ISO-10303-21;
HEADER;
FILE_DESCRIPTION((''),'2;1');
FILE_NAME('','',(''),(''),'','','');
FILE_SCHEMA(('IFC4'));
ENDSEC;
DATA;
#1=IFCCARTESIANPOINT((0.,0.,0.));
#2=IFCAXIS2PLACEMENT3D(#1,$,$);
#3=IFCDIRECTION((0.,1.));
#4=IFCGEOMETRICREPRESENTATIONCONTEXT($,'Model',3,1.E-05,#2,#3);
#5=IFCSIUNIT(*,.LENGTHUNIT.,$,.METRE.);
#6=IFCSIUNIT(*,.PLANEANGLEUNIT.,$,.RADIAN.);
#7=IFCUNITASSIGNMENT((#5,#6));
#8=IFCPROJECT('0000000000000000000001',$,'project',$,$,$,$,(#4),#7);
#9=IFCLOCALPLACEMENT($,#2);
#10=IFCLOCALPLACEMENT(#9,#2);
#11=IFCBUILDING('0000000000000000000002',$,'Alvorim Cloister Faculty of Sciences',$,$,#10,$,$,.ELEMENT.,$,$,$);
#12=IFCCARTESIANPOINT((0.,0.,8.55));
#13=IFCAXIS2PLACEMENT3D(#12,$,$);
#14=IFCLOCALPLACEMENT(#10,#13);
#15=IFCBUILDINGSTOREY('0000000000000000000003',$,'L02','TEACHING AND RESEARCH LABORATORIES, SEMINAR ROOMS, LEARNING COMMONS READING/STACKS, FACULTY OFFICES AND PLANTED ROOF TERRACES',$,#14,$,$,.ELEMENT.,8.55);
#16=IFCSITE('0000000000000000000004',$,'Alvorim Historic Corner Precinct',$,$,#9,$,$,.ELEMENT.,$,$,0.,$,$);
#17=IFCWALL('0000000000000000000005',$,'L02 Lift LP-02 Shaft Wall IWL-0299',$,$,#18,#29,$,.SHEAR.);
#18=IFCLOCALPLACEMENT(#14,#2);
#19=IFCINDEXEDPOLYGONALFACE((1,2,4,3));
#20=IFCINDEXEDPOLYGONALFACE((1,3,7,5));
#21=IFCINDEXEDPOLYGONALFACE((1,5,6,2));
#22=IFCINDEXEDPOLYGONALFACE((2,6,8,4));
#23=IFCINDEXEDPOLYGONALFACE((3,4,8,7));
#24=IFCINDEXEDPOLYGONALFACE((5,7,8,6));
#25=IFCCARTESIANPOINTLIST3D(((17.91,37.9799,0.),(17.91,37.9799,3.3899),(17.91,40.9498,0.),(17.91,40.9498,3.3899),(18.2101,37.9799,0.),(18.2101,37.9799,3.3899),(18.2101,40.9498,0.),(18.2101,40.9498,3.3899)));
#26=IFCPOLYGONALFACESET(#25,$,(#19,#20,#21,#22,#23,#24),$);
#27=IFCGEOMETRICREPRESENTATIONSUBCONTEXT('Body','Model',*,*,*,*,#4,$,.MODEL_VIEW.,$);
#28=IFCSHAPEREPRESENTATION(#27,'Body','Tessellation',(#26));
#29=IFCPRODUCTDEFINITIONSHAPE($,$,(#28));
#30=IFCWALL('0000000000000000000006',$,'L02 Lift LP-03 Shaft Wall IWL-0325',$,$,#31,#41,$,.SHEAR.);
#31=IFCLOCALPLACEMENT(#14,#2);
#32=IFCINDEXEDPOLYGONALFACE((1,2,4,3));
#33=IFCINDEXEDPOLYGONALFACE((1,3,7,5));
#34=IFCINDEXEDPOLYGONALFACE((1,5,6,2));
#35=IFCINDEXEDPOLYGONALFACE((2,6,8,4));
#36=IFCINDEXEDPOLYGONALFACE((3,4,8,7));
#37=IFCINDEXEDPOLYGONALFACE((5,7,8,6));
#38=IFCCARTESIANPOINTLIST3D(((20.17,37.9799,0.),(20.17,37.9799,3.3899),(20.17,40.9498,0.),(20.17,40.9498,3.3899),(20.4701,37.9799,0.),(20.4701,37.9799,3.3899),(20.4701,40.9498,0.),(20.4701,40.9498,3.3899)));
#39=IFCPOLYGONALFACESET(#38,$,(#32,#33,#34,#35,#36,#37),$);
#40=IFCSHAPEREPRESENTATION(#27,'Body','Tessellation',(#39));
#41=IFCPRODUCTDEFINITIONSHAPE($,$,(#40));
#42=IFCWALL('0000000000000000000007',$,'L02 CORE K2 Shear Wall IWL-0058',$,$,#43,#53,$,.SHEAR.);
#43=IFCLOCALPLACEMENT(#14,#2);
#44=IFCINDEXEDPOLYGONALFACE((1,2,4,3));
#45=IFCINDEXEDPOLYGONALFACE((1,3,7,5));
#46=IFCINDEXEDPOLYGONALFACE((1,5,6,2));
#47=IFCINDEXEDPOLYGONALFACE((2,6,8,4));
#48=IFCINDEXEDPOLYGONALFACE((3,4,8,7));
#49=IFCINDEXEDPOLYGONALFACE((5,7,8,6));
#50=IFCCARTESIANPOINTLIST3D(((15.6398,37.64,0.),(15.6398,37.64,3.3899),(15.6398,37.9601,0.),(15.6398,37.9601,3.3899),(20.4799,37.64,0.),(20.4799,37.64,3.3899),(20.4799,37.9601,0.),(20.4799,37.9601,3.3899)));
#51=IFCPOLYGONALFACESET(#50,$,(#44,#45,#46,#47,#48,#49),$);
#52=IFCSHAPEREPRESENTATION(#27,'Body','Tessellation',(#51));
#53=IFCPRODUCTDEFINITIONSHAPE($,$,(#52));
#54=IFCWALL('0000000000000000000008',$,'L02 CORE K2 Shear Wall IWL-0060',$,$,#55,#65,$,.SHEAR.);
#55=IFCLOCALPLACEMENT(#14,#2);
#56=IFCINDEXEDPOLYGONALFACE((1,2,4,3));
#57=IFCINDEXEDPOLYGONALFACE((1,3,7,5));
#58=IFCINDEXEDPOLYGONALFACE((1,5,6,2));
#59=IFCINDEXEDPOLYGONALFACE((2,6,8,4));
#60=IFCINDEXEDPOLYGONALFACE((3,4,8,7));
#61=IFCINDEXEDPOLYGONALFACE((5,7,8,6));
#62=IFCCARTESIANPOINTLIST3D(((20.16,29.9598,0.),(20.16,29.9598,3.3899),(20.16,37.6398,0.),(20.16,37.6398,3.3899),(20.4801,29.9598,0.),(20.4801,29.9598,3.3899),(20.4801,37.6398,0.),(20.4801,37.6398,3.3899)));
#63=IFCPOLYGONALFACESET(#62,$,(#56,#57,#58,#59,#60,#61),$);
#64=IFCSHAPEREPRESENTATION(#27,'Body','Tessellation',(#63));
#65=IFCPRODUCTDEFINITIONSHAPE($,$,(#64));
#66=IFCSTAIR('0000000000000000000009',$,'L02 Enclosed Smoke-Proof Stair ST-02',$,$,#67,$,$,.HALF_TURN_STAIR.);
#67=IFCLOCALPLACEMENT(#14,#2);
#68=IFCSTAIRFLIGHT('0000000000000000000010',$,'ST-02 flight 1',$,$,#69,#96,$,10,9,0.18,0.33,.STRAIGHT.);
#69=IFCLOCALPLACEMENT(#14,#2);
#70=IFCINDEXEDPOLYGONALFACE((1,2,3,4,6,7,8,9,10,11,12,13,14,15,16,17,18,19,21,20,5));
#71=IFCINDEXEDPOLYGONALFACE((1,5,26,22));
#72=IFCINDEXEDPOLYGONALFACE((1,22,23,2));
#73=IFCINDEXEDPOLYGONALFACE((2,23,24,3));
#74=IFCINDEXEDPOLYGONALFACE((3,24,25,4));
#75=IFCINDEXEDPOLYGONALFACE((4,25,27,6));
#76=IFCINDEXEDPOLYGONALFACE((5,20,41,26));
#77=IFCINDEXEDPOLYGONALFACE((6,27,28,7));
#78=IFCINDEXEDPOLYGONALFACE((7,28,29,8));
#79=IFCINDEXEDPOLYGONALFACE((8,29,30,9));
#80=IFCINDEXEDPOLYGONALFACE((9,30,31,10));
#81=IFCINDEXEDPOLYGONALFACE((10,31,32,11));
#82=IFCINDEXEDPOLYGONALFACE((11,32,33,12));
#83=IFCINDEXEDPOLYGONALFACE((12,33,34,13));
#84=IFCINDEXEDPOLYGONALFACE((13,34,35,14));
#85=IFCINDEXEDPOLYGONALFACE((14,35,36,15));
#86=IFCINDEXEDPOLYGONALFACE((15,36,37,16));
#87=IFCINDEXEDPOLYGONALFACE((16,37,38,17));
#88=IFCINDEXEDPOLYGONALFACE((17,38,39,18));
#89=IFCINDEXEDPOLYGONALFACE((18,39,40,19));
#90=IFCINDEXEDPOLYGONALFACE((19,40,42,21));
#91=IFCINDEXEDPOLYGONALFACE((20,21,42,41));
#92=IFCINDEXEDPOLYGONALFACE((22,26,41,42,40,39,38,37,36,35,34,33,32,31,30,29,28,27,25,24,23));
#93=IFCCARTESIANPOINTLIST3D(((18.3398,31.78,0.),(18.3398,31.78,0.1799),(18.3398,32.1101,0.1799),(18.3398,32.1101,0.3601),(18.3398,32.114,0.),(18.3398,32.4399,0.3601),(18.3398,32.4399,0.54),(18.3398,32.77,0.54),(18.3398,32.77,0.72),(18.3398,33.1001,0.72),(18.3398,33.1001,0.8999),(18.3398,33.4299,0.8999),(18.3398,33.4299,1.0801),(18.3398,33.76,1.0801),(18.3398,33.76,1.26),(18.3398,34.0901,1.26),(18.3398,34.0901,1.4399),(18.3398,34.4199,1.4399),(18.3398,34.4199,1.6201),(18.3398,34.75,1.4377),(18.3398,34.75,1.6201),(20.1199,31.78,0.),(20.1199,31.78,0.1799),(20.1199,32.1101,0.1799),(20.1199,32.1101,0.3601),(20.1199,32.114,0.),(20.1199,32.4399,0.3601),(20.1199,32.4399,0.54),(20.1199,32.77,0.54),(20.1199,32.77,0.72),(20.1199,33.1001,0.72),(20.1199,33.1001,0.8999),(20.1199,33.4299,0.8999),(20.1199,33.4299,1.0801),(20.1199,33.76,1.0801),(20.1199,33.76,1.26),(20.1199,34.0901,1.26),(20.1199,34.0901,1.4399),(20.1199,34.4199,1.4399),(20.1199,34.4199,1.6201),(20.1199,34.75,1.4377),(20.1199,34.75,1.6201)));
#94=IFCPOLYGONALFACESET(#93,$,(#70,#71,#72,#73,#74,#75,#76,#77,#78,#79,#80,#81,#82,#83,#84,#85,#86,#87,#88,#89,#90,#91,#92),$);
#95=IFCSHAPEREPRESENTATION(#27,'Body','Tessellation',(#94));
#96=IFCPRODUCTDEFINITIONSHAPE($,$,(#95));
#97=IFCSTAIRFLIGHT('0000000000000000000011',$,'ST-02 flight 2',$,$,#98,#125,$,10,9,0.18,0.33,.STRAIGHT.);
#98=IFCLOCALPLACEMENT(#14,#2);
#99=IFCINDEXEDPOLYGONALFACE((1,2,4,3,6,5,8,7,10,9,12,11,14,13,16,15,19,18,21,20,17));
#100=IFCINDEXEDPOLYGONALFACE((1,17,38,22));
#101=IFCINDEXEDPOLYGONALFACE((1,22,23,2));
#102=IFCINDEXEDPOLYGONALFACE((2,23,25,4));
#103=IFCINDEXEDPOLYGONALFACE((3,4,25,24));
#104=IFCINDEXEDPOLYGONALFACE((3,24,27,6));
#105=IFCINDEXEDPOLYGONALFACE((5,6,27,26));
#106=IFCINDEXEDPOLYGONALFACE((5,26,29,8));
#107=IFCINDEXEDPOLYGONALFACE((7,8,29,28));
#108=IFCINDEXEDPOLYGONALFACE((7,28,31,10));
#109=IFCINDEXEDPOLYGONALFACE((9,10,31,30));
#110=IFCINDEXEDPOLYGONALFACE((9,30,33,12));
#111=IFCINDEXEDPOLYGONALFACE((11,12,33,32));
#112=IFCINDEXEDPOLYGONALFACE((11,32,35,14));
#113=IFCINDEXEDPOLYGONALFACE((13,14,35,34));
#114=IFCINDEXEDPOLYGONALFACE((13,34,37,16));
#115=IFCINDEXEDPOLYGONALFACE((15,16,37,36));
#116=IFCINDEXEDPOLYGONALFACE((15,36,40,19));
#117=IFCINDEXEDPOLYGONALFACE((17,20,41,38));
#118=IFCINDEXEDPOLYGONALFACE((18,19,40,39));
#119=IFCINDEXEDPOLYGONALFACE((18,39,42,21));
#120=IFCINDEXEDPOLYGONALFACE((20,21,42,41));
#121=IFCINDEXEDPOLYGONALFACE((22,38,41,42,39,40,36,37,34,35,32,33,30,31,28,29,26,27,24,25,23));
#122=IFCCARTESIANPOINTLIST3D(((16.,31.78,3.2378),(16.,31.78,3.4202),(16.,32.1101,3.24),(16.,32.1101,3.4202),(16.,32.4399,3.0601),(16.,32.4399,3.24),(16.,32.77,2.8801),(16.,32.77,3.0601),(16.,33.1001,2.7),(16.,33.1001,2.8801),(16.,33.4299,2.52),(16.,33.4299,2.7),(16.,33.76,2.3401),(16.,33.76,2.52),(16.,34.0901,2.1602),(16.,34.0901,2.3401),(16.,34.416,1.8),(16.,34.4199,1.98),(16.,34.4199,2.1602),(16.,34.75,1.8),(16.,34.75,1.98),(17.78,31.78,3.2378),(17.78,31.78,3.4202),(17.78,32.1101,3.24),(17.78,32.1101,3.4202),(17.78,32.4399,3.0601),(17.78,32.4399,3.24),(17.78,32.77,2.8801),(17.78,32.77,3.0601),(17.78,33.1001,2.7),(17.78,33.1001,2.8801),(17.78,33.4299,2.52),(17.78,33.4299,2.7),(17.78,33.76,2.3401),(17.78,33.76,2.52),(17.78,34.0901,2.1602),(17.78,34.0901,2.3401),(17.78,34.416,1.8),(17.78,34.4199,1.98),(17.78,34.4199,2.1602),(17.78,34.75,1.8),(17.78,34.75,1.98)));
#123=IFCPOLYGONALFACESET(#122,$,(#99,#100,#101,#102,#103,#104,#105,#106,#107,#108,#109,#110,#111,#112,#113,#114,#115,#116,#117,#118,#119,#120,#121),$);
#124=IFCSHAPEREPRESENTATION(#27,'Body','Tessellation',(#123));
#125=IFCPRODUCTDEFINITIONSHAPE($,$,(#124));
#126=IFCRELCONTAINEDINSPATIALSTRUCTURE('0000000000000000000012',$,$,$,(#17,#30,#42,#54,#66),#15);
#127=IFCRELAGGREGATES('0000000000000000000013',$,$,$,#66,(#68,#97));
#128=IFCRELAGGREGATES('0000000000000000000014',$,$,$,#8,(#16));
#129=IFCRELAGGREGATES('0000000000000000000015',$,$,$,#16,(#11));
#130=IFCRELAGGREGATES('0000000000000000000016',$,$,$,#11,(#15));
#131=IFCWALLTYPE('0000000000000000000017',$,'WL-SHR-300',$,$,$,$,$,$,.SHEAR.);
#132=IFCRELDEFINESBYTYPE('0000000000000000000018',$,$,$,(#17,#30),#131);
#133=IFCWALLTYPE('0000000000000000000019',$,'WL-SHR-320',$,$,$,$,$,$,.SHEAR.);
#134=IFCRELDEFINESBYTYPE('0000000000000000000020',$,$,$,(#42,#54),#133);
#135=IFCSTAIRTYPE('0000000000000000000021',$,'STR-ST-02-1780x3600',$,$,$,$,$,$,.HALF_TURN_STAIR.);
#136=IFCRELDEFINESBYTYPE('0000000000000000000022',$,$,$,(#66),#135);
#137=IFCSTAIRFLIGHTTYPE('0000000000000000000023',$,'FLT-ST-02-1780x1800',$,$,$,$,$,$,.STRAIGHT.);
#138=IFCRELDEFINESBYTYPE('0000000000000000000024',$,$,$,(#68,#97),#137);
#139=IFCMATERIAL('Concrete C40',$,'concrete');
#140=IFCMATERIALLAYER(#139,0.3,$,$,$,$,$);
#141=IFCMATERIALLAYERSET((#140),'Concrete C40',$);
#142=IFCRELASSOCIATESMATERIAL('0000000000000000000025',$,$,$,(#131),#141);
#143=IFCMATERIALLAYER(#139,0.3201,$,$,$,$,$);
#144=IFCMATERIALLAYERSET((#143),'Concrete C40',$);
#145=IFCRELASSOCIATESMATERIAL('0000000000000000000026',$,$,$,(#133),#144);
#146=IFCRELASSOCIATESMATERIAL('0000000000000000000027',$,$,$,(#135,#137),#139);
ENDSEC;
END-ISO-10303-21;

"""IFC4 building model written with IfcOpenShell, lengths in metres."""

from ifc_helpers import new_model, si_unit, direction, frame, frame_2d, origin, place, context, subcontext, project, spatial, polyline, rectangle, outline, extrude, material, layer, layer_set, type_object, element, aggregate, save


model = new_model("IFC4")

# Units and contexts
model_context = context("Model", 3, precision=1e-05, world=origin(), true_north=direction((0.0, 1.0)))
body_context = subcontext(model_context, "Body", "Model", "MODEL_VIEW")
ifc_project = project(units=[si_unit("LENGTHUNIT", "METRE"), si_unit("PLANEANGLEUNIT", "RADIAN")], contexts=[model_context])

# Site, building, storey
site_placement = place(None, origin())
site = spatial("IfcSite", under=ifc_project, at=site_placement, Name="Alvorim Historic Corner Precinct", CompositionType="ELEMENT", RefElevation=0.0)
building_placement = place(site_placement, origin())
building = spatial("IfcBuilding", under=site, at=building_placement, Name="Alvorim Cloister Faculty of Sciences", CompositionType="ELEMENT")
storey_placement = place(building_placement, frame((0.0, 0.0, 8.55)))
storey = spatial("IfcBuildingStorey", under=building, at=storey_placement, Name="L02", Description="TEACHING AND RESEARCH LABORATORIES, SEMINAR ROOMS, LEARNING COMMONS READING/STACKS, FACULTY OFFICES AND PLANTED ROOF TERRACES", CompositionType="ELEMENT", Elevation=8.55)

# Shared definitions
ifc_material_1 = material(Name="Concrete C40", Category="concrete")
ifc_layer_1 = layer(ifc_material_1, 0.3)
ifc_layer_set_1 = layer_set([ifc_layer_1], Name="Concrete C40")
wall_type_1 = type_object("IfcWallType", Name="WL-SHR-300", PredefinedType="SHEAR", material=ifc_layer_set_1)

# Walls
for number, where, z_axis, x_axis, name in (
    (1, (18.0601, 37.98, 0.0), (0.0, 0.0, 1.0), (0.0, 1.0, 0.0), "L02 Lift LP-02 Shaft Wall IWL-0299"),
    (2, (20.3201, 37.98, 0.0), (0.0, 0.0, 1.0), (0.0, 1.0, 0.0), "L02 Lift LP-03 Shaft Wall IWL-0325"),
):
    element("IfcWall", number, at=place(storey_placement, frame(where, z_axis=z_axis, x_axis=x_axis)), inside=storey, type_object=wall_type_1, Name=name, PredefinedType="SHEAR", context=body_context, shape_type="SweptSolid", body=[
        extrude(rectangle(XDim=2.97, YDim=0.3, at=frame_2d((1.4849, 0.0))), origin(), (0.0, 0.0, 1.0), 3.3899),
    ])
ifc_layer_2 = layer(ifc_material_1, 0.3201)
ifc_layer_set_2 = layer_set([ifc_layer_2], Name="Concrete C40")
wall_type_2 = type_object("IfcWallType", Name="WL-SHR-320", PredefinedType="SHEAR", material=ifc_layer_set_2)
wall_1_placement = place(storey_placement, frame((15.6399, 37.8, 0.0), z_axis=(0.0, 0.0, 1.0), x_axis=(1.0, 0.0, 0.0)))
element("IfcWall", 3, at=wall_1_placement, inside=storey, type_object=wall_type_2, Name="L02 CORE K2 Shear Wall IWL-0058", PredefinedType="SHEAR", context=body_context, shape_type="SweptSolid", body=[
    extrude(rectangle(XDim=4.8401, YDim=0.3201, at=frame_2d((2.4199, 0.0))), origin(), (0.0, 0.0, 1.0), 3.3899),
])
wall_2_placement = place(storey_placement, frame((20.3201, 29.96, 0.0), z_axis=(0.0, 0.0, 1.0), x_axis=(0.0, 1.0, 0.0)))
element("IfcWall", 4, at=wall_2_placement, inside=storey, type_object=wall_type_2, Name="L02 CORE K2 Shear Wall IWL-0060", PredefinedType="SHEAR", context=body_context, shape_type="SweptSolid", body=[
    extrude(rectangle(XDim=7.6799, YDim=0.3201, at=frame_2d((3.8398, 0.0))), origin(), (0.0, 0.0, 1.0), 3.3899),
])

# Stair, stair flights
stair_type = type_object("IfcStairType", Name="STR-ST-02-1780x3600", PredefinedType="HALF_TURN_STAIR", material=ifc_material_1)
stair_placement = place(storey_placement, origin())
stair = element("IfcStair", 5, at=stair_placement, inside=storey, type_object=stair_type, Name="L02 Enclosed Smoke-Proof Stair ST-02", PredefinedType="HALF_TURN_STAIR")
stair_flight_type = type_object("IfcStairFlightType", Name="FLT-ST-02-1780x1800", PredefinedType="STRAIGHT", material=ifc_material_1)
stair_flight_1_placement = place(storey_placement, frame((19.23, 31.78, 0.0), z_axis=(0.0, 0.0, 1.0), x_axis=(0.0, 1.0, 0.0)))
stair_flight_1 = element("IfcStairFlight", 6, at=stair_flight_1_placement, type_object=stair_flight_type, Name="ST-02 flight 1", NumberOfRisers=10, NumberOfTreads=9, PredefinedType="STRAIGHT", RiserHeight=0.18, TreadLength=0.33, context=body_context, shape_type="SweptSolid", body=[
    extrude(outline(polyline([(0.334, 0.0), (2.97, 1.4377), (2.97, 1.8), (2.97, 1.6201), (2.6399, 1.6201), (2.6399, 1.4399), (2.3101, 1.4399), (2.3101, 1.26), (1.98, 1.26), (1.98, 1.0801), (1.6499, 1.0801), (1.6499, 0.8999), (1.3201, 0.8999), (1.3201, 0.72), (0.99, 0.72), (0.99, 0.54), (0.6599, 0.54), (0.6599, 0.3601), (0.3301, 0.3601), (0.3301, 0.1799), (0.0, 0.1799), (0.0, 0.0), (0.334, 0.0)])), frame((0.0, 0.8901, 0.0), z_axis=(0.0, -1.0, 0.0), x_axis=(1.0, 0.0, 0.0)), (0.0, 0.0, 1.0), 1.78),
])
stair_flight_2_placement = place(storey_placement, frame((16.8899, 34.75, 1.8), z_axis=(0.0, 0.0, 1.0), x_axis=(0.0, -1.0, 0.0)))
stair_flight_2 = element("IfcStairFlight", 7, at=stair_flight_2_placement, type_object=stair_flight_type, Name="ST-02 flight 2", NumberOfRisers=10, NumberOfTreads=9, PredefinedType="STRAIGHT", RiserHeight=0.18, TreadLength=0.33, context=body_context, shape_type="SweptSolid", body=[
    extrude(outline(polyline([(0.334, 0.0), (2.97, 1.4377), (2.97, 1.8), (2.97, 1.6201), (2.6399, 1.6201), (2.6399, 1.4399), (2.3101, 1.4399), (2.3101, 1.26), (1.98, 1.26), (1.98, 1.0801), (1.6499, 1.0801), (1.6499, 0.8999), (1.3201, 0.8999), (1.3201, 0.72), (0.99, 0.72), (0.99, 0.54), (0.6599, 0.54), (0.6599, 0.3601), (0.3301, 0.3601), (0.3301, 0.1799), (0.0, 0.1799), (0.0, 0.0), (0.334, 0.0)])), frame((0.0, 0.8901, 0.0), z_axis=(0.0, -1.0, 0.0), x_axis=(1.0, 0.0, 0.0)), (0.0, 0.0, 1.0), 1.78),
])
aggregate(stair, [stair_flight_1, stair_flight_2])

save(model, "model.ifc")
